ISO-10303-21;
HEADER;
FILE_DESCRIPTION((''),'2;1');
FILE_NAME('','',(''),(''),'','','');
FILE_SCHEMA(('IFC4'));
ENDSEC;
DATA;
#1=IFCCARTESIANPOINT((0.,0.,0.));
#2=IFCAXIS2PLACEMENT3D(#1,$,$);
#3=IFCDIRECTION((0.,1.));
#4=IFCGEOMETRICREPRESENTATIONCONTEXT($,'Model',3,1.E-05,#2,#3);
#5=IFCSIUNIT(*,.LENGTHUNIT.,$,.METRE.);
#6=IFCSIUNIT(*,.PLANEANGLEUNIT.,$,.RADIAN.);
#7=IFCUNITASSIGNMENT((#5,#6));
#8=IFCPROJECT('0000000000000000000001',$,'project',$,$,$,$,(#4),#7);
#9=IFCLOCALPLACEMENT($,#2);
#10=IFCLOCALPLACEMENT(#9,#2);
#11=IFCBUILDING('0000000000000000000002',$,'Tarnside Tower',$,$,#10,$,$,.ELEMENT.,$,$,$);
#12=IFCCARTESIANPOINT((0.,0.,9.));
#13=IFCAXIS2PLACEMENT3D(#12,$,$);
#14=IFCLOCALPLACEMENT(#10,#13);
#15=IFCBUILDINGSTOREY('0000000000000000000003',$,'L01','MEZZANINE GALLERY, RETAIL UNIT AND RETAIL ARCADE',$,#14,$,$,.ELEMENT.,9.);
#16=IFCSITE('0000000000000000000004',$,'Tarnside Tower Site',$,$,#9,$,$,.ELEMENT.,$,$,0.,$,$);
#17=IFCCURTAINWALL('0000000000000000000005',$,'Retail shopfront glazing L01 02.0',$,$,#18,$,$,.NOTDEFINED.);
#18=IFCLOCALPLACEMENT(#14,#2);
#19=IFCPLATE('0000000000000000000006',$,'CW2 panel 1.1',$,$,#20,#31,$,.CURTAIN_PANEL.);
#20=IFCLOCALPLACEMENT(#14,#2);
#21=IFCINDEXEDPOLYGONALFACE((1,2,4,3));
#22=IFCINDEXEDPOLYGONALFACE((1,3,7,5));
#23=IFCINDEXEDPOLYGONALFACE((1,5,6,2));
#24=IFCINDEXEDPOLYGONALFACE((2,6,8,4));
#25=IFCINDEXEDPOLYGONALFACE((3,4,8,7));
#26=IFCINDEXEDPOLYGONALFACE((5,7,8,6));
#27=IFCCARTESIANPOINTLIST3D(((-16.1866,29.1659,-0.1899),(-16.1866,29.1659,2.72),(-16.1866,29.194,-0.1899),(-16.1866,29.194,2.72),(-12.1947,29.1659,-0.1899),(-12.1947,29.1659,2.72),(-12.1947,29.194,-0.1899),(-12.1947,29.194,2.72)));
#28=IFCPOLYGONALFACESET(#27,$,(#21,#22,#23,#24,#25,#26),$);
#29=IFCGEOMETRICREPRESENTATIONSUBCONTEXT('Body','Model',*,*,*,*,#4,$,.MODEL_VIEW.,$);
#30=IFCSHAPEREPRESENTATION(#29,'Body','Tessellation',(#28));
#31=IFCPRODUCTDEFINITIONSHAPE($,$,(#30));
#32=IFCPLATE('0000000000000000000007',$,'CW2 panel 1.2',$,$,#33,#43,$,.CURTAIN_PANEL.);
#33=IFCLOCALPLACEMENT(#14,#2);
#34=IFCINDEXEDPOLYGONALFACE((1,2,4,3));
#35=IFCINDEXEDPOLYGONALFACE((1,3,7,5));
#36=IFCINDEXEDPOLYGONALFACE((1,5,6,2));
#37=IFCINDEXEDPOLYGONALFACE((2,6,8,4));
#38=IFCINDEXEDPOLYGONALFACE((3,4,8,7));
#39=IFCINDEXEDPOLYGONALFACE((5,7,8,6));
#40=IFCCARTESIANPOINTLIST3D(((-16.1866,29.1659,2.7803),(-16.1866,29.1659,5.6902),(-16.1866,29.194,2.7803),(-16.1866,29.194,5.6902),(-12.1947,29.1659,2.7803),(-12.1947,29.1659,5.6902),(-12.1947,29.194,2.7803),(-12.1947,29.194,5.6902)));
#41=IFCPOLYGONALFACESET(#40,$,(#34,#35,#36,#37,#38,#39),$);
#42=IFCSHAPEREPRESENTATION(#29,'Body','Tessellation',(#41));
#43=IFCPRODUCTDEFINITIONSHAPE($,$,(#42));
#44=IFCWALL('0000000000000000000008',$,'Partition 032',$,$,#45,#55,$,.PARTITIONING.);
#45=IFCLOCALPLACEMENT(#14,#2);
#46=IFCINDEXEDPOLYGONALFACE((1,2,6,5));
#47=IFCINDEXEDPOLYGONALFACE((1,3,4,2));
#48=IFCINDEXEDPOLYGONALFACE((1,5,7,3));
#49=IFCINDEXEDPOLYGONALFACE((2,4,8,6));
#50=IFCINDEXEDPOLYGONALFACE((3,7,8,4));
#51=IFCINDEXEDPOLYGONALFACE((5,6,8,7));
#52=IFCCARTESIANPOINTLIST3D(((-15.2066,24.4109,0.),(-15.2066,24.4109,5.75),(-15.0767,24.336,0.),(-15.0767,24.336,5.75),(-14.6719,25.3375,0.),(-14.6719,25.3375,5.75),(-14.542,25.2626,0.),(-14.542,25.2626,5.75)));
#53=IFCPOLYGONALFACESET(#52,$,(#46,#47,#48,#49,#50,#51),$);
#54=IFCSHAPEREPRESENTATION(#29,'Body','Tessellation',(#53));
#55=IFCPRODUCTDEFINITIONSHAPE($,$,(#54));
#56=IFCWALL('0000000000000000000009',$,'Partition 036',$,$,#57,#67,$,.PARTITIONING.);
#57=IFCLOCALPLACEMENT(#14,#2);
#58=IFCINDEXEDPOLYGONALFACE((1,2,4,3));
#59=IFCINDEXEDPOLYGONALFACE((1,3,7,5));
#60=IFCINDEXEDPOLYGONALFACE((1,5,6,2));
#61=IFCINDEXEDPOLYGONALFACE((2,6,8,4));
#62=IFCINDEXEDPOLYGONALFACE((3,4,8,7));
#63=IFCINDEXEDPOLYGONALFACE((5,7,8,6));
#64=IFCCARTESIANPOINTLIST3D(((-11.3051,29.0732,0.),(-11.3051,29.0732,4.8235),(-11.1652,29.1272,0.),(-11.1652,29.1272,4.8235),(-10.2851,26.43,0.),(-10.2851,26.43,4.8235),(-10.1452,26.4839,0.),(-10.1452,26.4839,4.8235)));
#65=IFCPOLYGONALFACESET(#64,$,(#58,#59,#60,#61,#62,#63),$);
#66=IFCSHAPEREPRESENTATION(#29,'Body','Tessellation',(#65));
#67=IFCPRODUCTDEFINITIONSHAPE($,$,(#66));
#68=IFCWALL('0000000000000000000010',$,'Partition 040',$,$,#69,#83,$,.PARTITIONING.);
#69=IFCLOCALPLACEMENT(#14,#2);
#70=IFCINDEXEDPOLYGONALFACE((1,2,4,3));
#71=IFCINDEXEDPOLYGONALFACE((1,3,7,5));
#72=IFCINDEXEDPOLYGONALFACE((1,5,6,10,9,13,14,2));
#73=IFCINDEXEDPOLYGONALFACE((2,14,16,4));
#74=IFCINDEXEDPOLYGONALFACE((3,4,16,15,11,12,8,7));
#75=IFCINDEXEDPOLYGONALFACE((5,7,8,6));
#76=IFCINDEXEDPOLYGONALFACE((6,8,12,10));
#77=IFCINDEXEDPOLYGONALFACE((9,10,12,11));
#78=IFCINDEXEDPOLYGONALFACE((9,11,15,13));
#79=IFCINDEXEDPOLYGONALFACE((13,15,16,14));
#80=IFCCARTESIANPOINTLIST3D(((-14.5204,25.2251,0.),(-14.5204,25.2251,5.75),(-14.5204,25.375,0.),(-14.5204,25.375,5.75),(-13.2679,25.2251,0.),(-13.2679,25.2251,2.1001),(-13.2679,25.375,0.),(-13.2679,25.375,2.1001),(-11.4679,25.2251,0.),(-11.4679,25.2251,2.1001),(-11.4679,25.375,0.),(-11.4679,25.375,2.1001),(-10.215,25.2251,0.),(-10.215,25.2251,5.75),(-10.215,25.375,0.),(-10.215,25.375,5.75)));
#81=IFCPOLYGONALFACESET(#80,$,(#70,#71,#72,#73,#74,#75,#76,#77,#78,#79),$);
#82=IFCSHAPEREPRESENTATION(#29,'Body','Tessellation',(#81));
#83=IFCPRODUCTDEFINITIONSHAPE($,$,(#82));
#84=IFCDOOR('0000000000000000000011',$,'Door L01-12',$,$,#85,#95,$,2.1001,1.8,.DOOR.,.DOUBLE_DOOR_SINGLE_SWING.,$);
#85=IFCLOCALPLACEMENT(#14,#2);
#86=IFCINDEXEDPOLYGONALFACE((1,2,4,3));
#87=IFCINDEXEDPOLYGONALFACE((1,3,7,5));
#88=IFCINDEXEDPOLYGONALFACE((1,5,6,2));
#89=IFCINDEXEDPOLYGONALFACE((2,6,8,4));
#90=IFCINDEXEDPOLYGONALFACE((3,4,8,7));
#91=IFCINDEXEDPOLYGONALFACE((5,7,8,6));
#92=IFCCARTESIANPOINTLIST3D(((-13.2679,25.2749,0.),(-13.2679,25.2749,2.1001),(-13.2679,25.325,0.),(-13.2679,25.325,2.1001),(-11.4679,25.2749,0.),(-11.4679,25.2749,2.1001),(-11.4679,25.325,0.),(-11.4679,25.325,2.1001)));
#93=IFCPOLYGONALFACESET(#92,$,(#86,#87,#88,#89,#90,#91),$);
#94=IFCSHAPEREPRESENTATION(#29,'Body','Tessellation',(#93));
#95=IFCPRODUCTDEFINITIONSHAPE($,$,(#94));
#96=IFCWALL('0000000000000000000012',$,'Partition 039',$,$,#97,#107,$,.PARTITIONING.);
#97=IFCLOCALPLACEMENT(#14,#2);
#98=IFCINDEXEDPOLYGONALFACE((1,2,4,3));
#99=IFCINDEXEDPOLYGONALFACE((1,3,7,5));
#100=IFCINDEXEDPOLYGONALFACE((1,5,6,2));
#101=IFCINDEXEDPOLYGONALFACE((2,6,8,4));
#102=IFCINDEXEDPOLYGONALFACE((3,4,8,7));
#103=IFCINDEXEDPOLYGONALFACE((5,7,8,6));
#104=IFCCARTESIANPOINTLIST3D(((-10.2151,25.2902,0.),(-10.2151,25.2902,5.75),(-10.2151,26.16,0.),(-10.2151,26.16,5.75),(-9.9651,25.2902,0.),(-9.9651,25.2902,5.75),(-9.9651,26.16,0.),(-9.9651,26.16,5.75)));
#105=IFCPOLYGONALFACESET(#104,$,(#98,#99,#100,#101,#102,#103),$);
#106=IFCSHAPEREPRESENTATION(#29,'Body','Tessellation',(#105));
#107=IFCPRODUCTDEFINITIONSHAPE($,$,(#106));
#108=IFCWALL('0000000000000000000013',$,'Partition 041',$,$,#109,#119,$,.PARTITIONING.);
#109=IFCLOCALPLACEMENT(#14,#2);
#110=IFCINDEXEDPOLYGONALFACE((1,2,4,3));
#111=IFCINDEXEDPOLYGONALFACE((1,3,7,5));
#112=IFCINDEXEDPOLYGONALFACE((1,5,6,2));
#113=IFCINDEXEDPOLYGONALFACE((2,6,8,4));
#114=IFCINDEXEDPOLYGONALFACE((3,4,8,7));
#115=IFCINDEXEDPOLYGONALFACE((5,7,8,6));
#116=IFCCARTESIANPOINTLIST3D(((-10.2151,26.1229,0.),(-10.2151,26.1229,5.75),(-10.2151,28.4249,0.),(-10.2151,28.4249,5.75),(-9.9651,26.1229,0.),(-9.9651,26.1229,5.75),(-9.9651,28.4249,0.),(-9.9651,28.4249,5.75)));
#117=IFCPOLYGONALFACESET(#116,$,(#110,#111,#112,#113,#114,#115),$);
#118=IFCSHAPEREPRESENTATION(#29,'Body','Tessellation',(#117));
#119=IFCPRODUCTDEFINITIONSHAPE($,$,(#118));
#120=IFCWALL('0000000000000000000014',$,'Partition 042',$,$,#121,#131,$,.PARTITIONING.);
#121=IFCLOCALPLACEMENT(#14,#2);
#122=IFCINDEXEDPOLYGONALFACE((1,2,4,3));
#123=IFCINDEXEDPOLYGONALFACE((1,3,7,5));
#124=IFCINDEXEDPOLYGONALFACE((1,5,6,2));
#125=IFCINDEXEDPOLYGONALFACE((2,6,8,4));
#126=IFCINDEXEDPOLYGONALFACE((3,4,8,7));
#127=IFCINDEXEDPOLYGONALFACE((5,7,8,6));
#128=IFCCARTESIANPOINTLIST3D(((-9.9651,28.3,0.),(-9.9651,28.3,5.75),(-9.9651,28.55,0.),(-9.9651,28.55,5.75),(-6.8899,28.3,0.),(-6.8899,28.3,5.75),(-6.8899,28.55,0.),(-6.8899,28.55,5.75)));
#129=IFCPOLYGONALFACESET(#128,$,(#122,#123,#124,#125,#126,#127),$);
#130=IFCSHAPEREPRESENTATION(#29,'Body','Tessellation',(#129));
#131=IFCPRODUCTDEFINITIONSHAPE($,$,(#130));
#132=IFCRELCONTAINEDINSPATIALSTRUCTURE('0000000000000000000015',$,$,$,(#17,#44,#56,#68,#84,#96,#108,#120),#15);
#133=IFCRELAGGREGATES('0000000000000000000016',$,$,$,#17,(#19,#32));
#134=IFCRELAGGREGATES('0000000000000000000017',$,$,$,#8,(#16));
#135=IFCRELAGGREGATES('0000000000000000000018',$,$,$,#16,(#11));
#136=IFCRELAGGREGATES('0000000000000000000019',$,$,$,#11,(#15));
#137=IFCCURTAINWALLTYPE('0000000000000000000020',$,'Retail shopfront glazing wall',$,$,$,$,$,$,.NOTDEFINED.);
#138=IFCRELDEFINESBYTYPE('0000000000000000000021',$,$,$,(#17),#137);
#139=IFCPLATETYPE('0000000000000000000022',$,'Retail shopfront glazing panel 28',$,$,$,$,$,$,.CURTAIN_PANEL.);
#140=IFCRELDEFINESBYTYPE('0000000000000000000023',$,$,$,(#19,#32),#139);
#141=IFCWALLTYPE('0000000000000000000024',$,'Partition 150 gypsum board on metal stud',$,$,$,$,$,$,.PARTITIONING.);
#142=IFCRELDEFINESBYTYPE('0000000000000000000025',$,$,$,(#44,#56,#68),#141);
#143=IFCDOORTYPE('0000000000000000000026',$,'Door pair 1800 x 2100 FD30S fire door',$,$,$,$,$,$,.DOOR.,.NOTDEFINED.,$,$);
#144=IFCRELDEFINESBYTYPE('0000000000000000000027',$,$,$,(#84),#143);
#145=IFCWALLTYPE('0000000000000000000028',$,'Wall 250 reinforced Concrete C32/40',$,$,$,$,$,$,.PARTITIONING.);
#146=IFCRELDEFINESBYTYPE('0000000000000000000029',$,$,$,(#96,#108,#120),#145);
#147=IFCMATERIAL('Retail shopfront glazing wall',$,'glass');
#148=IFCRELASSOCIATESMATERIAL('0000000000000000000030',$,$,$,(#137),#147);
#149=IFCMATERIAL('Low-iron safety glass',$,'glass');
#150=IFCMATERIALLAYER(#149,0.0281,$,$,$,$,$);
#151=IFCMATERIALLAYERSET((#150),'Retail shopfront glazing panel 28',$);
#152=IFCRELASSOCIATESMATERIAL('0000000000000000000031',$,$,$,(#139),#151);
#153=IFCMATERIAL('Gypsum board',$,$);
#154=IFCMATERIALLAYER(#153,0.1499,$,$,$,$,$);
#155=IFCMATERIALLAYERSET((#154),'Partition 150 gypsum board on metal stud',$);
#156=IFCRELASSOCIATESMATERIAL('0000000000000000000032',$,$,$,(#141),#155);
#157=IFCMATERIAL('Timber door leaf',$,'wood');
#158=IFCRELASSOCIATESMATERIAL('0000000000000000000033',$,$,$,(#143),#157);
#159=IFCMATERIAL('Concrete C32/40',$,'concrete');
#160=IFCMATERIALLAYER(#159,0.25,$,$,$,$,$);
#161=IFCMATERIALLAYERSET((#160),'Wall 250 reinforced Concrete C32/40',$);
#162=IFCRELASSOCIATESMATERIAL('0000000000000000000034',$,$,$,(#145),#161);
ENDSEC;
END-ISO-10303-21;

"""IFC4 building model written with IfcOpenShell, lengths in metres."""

from ifc_helpers import new_model, si_unit, direction, frame, frame_2d, origin, origin_2d, place, context, subcontext, project, spatial, rectangle, extrude, material, layer, layer_set, type_object, element, fill, aggregate, save


model = new_model("IFC4")

# Units and contexts
model_context = context("Model", 3, precision=1e-05, world=origin(), true_north=direction((0.0, 1.0)))
body_context = subcontext(model_context, "Body", "Model", "MODEL_VIEW")
ifc_project = project(units=[si_unit("LENGTHUNIT", "METRE"), si_unit("PLANEANGLEUNIT", "RADIAN")], contexts=[model_context])

# Site, building, storey
site_placement = place(None, origin())
site = spatial("IfcSite", under=ifc_project, at=site_placement, Name="Tarnside Tower Site", CompositionType="ELEMENT", RefElevation=0.0)
building_placement = place(site_placement, origin())
building = spatial("IfcBuilding", under=site, at=building_placement, Name="Tarnside Tower", CompositionType="ELEMENT")
storey_placement = place(building_placement, frame((0.0, 0.0, 9.0)))
storey = spatial("IfcBuildingStorey", under=building, at=storey_placement, Name="L01", Description="MEZZANINE GALLERY, RETAIL UNIT AND RETAIL ARCADE", CompositionType="ELEMENT", Elevation=9.0)

# Shared definitions
ifc_material_1 = material(Name="Retail shopfront glazing wall", Category="glass")
curtain_wall_type = type_object("IfcCurtainWallType", Name="Retail shopfront glazing wall", PredefinedType="NOTDEFINED", material=ifc_material_1)

# Curtain wall
curtain_wall_1_placement = place(storey_placement, origin())
curtain_wall_1 = element("IfcCurtainWall", 1, at=curtain_wall_1_placement, inside=storey, type_object=curtain_wall_type, Name="Retail shopfront glazing L01 02.0", PredefinedType="NOTDEFINED")

# Plates
ifc_material_2 = material(Name="Low-iron safety glass", Category="glass")
ifc_layer_1 = layer(ifc_material_2, 0.0281)
ifc_layer_set_1 = layer_set([ifc_layer_1], Name="Retail shopfront glazing panel 28")
plate_type = type_object("IfcPlateType", Name="Retail shopfront glazing panel 28", PredefinedType="CURTAIN_PANEL", material=ifc_layer_set_1)
plate_1_placement = place(storey_placement, frame((-14.1907, 29.1799, -0.1899), z_axis=(0.0, 0.0, 1.0), x_axis=(-1.0, 0.0, 0.0)))
plate_1 = element("IfcPlate", 2, at=plate_1_placement, type_object=plate_type, Name="CW2 panel 1.1", PredefinedType="CURTAIN_PANEL", context=body_context, shape_type="SweptSolid", body=[
    extrude(rectangle(XDim=3.9919, YDim=0.0281, at=origin_2d()), origin(), (0.0, 0.0, 1.0), 2.9099),
])
plate_2_placement = place(storey_placement, frame((-14.1907, 29.1799, 2.7803), z_axis=(0.0, 0.0, 1.0), x_axis=(-1.0, 0.0, 0.0)))
plate_2 = element("IfcPlate", 3, at=plate_2_placement, type_object=plate_type, Name="CW2 panel 1.2", PredefinedType="CURTAIN_PANEL", context=body_context, shape_type="SweptSolid", body=[
    extrude(rectangle(XDim=3.9919, YDim=0.0281, at=origin_2d()), origin(), (0.0, 0.0, 1.0), 2.9099),
])
aggregate(curtain_wall_1, [plate_1, plate_2])

# Walls
ifc_material_3 = material(Name="Gypsum board")
ifc_layer_2 = layer(ifc_material_3, 0.1499)
ifc_layer_set_2 = layer_set([ifc_layer_2], Name="Partition 150 gypsum board on metal stud")
wall_type_1 = type_object("IfcWallType", Name="Partition 150 gypsum board on metal stud", PredefinedType="PARTITIONING", material=ifc_layer_set_2)
wall_1_placement = place(storey_placement, frame((-14.6069, 25.3, 0.0), z_axis=(0.0, 0.0, 1.0), x_axis=(-0.499821, -0.866129, 0.0)))
element("IfcWall", 4, at=wall_1_placement, inside=storey, type_object=wall_type_1, Name="Partition 032", PredefinedType="PARTITIONING", context=body_context, shape_type="SweptSolid", body=[
    extrude(rectangle(XDim=1.0698, YDim=0.1499, at=frame_2d((0.5349, 0.0))), origin(), (0.0, 0.0, 1.0), 5.75),
])
wall_2_placement = place(storey_placement, frame((-11.2351, 29.1001, 0.0), z_axis=(0.0, 0.0, 1.0), x_axis=(0.360012, -0.932948, 0.0)))
element("IfcWall", 5, at=wall_2_placement, inside=storey, type_object=wall_type_1, Name="Partition 036", PredefinedType="PARTITIONING", context=body_context, shape_type="SweptSolid", body=[
    extrude(rectangle(XDim=2.8333, YDim=0.1499, at=frame_2d((1.4165, 0.0))), origin(), (0.0, 0.0, 1.0), 4.8235),
])

# Wall, opening, door
wall_3_placement = place(storey_placement, frame((-14.5205, 25.3, 0.0), z_axis=(0.0, 0.0, 1.0), x_axis=(1.0, 0.0, 0.0)))
wall_3 = element("IfcWall", 6, at=wall_3_placement, inside=storey, type_object=wall_type_1, Name="Partition 040", PredefinedType="PARTITIONING", context=body_context, shape_type="SweptSolid", body=[
    extrude(rectangle(XDim=4.3054, YDim=0.1499, at=frame_2d((2.1528, 0.0))), origin(), (0.0, 0.0, 1.0), 5.75),
])
opening_placement = place(wall_3_placement, frame((1.2527, 0.0, 0.0)))
opening = element("IfcOpeningElement", 7, at=opening_placement, cuts=wall_3, PredefinedType="OPENING", context=body_context, shape_type="SweptSolid", body=[
    extrude(rectangle(XDim=1.8, YDim=2.1001, at=frame_2d((0.8999, 1.05))), frame((0.0, 0.085, 0.0), z_axis=(0.0, -1.0, 0.0), x_axis=(1.0, 0.0, 0.0)), (0.0, 0.0, 1.0), 0.1699),
])
ifc_material_4 = material(Name="Timber door leaf", Category="wood")
door_type = type_object("IfcDoorType", Name="Door pair 1800 x 2100 FD30S fire door", OperationType="NOTDEFINED", PredefinedType="DOOR", material=ifc_material_4)
door_placement = place(opening_placement, origin())
door = element("IfcDoor", 8, at=door_placement, inside=storey, type_object=door_type, Name="Door L01-12", OperationType="DOUBLE_DOOR_SINGLE_SWING", OverallHeight=2.1001, OverallWidth=1.8, PredefinedType="DOOR", context=body_context, shape_type="SweptSolid", body=[
    extrude(rectangle(XDim=1.8, YDim=2.1001, at=frame_2d((0.8999, 1.05))), frame((0.0, 0.0249, 0.0), z_axis=(0.0, -1.0, 0.0), x_axis=(1.0, 0.0, 0.0)), (0.0, 0.0, 1.0), 0.05),
])
fill(opening, door)

# Walls
ifc_material_5 = material(Name="Concrete C32/40", Category="concrete")
ifc_layer_3 = layer(ifc_material_5, 0.25)
ifc_layer_set_3 = layer_set([ifc_layer_3], Name="Wall 250 reinforced Concrete C32/40")
wall_type_2 = type_object("IfcWallType", Name="Wall 250 reinforced Concrete C32/40", PredefinedType="PARTITIONING", material=ifc_layer_set_3)
wall_4_placement = place(storey_placement, frame((-10.0901, 25.29, 0.0), z_axis=(0.0, 0.0, 1.0), x_axis=(0.0, 1.0, 0.0)))
element("IfcWall", 9, at=wall_4_placement, inside=storey, type_object=wall_type_2, Name="Partition 039", PredefinedType="PARTITIONING", context=body_context, shape_type="SweptSolid", body=[
    extrude(rectangle(XDim=0.8699, YDim=0.25, at=frame_2d((0.4351, 0.0))), origin(), (0.0, 0.0, 1.0), 5.75),
])
wall_5_placement = place(storey_placement, frame((-10.0901, 26.123, 0.0), z_axis=(0.0, 0.0, 1.0), x_axis=(0.0, 1.0, 0.0)))
element("IfcWall", 10, at=wall_5_placement, inside=storey, type_object=wall_type_2, Name="Partition 041", PredefinedType="PARTITIONING", context=body_context, shape_type="SweptSolid", body=[
    extrude(rectangle(XDim=2.302, YDim=0.25, at=frame_2d((1.1509, 0.0))), origin(), (0.0, 0.0, 1.0), 5.75),
])
wall_6_placement = place(storey_placement, frame((-9.9651, 28.425, 0.0), z_axis=(0.0, 0.0, 1.0), x_axis=(1.0, 0.0, 0.0)))
element("IfcWall", 11, at=wall_6_placement, inside=storey, type_object=wall_type_2, Name="Partition 042", PredefinedType="PARTITIONING", context=body_context, shape_type="SweptSolid", body=[
    extrude(rectangle(XDim=3.0752, YDim=0.25, at=frame_2d((1.5376, 0.0))), origin(), (0.0, 0.0, 1.0), 5.75),
])

save(model, "model.ifc")
